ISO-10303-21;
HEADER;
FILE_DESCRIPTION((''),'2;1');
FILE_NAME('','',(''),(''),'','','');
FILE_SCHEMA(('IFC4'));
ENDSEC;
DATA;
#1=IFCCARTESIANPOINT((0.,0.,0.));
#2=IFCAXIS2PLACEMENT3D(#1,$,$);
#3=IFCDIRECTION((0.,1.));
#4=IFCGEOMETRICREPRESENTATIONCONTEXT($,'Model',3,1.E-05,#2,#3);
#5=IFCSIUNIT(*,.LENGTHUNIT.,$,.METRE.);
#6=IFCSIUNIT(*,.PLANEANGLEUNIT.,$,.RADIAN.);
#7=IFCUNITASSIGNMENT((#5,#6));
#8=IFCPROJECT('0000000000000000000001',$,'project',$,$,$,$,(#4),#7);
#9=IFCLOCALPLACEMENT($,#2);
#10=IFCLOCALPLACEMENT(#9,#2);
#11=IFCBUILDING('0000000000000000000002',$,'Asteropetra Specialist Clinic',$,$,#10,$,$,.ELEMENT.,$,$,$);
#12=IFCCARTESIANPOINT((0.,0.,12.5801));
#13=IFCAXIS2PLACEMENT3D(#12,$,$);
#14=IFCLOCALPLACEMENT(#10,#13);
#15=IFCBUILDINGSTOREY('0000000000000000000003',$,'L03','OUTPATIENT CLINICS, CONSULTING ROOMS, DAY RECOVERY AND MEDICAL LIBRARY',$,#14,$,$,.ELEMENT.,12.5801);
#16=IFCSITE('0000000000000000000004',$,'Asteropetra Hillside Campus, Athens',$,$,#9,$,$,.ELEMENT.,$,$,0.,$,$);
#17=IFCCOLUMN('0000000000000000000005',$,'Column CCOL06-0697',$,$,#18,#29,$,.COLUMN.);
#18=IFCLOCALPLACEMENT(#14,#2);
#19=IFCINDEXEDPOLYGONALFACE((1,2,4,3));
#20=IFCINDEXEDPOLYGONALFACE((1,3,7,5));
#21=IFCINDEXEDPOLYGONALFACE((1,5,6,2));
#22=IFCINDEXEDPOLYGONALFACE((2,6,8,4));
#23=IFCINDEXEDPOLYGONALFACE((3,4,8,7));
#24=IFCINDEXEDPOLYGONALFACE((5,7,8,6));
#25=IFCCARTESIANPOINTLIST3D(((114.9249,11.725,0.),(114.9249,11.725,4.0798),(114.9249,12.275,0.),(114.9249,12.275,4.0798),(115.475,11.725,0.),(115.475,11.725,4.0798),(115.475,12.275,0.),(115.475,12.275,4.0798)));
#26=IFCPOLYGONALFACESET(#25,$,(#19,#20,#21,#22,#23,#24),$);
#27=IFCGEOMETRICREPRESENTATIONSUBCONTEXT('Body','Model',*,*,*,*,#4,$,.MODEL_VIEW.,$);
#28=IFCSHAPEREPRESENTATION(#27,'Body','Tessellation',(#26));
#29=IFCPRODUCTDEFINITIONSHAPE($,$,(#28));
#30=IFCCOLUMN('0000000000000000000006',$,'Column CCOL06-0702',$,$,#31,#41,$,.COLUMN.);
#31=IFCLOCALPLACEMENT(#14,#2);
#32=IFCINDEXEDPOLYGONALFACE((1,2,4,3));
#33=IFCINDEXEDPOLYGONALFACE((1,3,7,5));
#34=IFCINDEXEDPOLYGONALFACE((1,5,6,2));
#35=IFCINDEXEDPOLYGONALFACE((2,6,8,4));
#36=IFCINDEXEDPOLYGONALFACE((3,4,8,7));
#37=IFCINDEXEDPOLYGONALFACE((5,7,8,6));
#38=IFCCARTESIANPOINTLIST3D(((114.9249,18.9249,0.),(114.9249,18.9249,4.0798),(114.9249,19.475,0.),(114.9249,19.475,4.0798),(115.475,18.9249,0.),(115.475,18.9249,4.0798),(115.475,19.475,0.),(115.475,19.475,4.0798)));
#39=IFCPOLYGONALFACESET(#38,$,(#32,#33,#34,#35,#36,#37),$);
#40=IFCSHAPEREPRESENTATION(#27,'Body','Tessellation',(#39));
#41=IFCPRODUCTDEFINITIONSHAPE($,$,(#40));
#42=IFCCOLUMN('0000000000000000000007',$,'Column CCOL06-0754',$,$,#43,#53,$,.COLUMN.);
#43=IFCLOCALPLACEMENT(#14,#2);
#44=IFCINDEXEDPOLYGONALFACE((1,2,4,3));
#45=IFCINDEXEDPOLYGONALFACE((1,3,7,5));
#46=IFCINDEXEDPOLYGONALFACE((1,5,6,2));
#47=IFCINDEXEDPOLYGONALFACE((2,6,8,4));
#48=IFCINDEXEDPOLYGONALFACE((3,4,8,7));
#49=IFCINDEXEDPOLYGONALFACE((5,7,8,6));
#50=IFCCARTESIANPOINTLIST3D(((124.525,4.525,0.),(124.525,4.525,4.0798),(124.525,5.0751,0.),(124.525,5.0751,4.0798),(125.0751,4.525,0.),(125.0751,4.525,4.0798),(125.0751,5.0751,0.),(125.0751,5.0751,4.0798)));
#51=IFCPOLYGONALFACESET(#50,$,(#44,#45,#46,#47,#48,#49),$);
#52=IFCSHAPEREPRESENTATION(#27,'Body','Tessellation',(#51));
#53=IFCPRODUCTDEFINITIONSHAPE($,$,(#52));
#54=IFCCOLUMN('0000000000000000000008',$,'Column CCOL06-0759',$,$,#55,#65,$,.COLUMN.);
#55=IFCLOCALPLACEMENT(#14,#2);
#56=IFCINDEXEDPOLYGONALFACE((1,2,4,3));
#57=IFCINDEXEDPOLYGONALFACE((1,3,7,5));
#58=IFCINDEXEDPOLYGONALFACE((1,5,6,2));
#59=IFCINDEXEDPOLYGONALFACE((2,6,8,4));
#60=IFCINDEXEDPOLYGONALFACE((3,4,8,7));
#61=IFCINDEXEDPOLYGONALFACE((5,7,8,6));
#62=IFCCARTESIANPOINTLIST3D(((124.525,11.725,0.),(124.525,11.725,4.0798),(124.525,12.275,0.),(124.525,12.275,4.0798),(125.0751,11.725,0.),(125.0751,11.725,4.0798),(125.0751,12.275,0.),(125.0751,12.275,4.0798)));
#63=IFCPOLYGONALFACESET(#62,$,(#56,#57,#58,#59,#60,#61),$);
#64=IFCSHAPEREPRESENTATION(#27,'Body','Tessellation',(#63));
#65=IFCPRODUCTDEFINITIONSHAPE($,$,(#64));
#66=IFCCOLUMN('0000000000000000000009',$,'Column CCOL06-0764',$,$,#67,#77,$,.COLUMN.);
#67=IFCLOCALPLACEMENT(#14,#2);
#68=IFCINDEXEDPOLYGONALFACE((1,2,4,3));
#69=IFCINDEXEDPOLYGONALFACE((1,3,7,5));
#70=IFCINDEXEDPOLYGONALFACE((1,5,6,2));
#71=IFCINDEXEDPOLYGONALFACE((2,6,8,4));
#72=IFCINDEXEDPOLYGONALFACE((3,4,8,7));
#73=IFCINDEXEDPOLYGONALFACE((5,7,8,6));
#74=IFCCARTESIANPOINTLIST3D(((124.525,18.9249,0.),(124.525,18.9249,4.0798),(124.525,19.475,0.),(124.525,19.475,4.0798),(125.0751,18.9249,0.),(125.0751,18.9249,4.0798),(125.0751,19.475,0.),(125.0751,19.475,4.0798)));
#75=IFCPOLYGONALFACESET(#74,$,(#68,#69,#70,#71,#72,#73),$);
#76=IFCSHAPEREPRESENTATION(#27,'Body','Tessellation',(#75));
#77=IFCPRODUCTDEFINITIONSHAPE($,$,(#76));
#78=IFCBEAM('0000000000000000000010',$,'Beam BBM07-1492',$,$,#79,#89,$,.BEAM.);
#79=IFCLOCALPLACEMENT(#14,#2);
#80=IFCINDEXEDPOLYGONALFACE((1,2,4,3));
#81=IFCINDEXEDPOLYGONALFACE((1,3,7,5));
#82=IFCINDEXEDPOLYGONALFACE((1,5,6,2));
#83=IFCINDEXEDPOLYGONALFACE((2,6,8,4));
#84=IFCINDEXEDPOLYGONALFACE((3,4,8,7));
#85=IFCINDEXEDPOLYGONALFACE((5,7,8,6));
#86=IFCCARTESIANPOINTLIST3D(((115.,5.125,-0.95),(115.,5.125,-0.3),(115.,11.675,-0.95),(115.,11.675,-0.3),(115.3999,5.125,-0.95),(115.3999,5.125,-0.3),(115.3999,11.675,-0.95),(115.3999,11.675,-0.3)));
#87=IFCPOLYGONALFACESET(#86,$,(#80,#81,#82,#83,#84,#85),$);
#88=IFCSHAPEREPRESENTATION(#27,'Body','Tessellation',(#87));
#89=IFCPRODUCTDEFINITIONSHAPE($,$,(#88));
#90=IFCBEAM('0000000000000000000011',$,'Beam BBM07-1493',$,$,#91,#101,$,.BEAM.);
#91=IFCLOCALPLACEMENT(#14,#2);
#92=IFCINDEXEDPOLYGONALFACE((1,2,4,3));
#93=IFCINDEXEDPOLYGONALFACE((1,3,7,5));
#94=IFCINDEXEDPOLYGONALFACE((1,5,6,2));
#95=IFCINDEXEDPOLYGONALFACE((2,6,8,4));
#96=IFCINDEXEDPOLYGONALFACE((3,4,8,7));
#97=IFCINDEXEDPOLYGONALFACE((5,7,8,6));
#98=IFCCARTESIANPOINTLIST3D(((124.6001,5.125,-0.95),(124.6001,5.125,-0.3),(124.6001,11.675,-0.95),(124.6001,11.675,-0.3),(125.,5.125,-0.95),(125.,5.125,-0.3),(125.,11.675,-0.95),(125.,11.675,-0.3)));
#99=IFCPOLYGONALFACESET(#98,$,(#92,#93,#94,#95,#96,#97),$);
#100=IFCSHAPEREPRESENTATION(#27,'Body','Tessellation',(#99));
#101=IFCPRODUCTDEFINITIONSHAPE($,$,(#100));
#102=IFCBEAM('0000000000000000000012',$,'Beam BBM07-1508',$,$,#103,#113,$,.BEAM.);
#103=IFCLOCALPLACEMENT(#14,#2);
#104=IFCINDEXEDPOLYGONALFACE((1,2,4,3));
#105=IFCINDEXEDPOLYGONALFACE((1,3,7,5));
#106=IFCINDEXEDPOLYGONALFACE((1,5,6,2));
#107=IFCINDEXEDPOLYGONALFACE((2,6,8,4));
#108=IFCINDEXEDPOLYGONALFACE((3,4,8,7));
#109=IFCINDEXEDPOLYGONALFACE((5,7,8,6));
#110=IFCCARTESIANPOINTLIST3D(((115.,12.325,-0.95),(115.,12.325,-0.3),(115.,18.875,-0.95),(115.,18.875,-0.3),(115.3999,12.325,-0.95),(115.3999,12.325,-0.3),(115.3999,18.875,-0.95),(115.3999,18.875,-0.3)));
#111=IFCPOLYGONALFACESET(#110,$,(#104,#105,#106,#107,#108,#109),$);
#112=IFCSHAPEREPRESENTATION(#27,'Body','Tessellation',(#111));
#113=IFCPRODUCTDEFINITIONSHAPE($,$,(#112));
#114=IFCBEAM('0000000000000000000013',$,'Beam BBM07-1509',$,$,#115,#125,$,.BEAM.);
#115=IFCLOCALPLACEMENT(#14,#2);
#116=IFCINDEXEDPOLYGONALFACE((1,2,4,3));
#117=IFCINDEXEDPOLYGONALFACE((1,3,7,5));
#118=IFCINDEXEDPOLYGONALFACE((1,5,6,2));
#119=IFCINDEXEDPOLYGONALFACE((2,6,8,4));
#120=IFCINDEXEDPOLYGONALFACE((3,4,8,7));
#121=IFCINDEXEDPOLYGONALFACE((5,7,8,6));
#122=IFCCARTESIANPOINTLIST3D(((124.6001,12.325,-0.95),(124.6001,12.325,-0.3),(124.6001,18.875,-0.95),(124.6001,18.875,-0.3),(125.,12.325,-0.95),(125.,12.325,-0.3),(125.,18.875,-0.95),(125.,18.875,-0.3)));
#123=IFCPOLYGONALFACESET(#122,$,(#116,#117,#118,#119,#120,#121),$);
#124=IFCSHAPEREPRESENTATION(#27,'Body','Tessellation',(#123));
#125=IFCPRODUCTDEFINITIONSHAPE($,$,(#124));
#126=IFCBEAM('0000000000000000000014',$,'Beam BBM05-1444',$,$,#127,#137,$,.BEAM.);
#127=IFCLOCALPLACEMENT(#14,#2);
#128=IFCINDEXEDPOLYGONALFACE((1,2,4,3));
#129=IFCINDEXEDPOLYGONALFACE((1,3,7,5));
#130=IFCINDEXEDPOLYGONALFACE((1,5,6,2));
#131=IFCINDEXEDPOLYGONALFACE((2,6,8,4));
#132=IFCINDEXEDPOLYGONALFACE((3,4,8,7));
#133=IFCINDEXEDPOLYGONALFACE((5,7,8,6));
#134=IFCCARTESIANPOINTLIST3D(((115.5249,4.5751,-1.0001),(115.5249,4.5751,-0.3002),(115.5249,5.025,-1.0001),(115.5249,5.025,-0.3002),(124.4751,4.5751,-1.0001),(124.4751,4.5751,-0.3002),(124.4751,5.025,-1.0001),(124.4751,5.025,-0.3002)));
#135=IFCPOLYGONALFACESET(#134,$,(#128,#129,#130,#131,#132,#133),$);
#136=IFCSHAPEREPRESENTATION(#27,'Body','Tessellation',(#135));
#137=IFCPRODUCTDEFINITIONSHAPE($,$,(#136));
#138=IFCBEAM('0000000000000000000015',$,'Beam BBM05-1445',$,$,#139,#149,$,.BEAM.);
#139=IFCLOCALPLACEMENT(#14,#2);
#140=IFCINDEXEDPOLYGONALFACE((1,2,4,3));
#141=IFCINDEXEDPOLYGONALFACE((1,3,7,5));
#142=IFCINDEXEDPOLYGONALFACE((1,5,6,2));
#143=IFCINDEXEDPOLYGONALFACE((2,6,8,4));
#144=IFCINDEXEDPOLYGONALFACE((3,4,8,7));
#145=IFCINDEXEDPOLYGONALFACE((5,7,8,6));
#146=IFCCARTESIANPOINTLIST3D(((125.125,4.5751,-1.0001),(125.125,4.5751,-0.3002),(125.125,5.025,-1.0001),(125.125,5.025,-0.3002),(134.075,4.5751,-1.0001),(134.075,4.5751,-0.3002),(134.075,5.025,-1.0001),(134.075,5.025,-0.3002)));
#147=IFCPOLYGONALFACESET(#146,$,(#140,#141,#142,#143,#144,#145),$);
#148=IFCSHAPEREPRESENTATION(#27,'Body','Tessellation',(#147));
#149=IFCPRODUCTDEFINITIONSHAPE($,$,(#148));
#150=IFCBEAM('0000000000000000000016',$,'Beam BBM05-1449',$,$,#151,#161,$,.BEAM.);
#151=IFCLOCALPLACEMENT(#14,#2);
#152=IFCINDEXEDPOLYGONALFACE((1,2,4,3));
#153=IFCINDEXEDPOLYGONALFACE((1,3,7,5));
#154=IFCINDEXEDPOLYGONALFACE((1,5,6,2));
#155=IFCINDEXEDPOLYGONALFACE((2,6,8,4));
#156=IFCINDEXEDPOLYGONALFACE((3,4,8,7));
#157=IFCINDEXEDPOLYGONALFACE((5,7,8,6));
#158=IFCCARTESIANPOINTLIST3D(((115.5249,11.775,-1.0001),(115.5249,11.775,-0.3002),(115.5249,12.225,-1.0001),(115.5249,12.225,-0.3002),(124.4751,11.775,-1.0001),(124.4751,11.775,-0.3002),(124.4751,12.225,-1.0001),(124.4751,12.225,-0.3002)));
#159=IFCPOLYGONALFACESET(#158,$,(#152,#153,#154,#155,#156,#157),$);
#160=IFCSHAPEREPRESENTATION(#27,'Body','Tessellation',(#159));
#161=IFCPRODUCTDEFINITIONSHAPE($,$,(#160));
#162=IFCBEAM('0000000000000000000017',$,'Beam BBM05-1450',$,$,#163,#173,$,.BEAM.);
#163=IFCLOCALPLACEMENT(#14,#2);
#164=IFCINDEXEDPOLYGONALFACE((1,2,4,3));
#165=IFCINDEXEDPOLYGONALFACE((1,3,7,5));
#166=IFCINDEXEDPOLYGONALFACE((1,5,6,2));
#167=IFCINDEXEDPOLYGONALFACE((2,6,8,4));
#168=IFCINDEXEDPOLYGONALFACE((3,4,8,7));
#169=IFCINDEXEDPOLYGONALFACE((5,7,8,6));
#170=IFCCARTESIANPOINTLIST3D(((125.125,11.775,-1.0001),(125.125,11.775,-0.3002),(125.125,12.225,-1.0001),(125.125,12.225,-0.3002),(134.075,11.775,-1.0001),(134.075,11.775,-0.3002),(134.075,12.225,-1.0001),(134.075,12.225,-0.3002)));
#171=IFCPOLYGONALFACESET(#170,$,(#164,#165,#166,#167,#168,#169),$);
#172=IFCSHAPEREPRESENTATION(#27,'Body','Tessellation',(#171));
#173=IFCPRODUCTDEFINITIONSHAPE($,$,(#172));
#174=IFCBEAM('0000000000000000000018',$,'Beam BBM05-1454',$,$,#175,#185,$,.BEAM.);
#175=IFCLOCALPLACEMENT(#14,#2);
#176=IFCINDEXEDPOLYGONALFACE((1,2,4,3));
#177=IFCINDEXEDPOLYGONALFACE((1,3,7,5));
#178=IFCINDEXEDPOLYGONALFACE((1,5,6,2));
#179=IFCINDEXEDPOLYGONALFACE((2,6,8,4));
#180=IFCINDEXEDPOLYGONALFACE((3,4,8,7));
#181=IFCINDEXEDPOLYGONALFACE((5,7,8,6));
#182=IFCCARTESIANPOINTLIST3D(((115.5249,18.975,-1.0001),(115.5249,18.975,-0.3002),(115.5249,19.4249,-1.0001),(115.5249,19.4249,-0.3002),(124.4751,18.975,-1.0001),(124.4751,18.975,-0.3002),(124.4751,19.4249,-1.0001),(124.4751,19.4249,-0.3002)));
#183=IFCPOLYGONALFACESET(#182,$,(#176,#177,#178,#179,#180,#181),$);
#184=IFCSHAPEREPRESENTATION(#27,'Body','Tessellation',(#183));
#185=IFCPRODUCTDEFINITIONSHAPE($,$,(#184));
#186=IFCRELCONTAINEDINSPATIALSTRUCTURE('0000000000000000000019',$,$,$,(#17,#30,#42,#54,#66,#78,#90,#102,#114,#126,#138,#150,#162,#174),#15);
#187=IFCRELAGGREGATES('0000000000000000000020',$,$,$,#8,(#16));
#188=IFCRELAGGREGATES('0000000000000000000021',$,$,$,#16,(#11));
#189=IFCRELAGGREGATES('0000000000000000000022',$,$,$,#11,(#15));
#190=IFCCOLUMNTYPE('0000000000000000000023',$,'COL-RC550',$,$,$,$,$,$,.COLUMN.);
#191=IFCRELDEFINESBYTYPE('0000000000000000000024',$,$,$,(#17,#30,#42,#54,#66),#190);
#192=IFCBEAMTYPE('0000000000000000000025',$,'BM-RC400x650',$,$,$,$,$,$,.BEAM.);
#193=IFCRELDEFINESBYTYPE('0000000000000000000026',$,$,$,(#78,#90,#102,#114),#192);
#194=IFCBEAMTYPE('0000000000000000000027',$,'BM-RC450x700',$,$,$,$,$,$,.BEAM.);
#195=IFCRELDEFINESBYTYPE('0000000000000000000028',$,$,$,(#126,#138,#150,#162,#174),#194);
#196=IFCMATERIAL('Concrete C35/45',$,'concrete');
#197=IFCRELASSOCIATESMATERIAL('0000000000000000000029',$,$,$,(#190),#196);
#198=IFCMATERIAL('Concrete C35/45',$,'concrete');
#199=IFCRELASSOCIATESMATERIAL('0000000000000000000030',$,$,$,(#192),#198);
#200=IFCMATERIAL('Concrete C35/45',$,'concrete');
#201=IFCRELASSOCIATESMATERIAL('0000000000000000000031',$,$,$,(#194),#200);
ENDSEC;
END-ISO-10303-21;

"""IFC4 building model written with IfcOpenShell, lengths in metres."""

from ifc_helpers import new_model, si_unit, direction, frame, origin, origin_2d, place, context, subcontext, project, spatial, rectangle, extrude, material, material_profile, profile_set, type_object, element, save


model = new_model("IFC4")

# Units and contexts
model_context = context("Model", 3, precision=1e-05, world=origin(), true_north=direction((0.0, 1.0)))
body_context = subcontext(model_context, "Body", "Model", "MODEL_VIEW")
ifc_project = project(units=[si_unit("LENGTHUNIT", "METRE"), si_unit("PLANEANGLEUNIT", "RADIAN")], contexts=[model_context])

# Site, building, storey
site_placement = place(None, origin())
site = spatial("IfcSite", under=ifc_project, at=site_placement, Name="Asteropetra Hillside Campus, Athens", CompositionType="ELEMENT", RefElevation=0.0)
building_placement = place(site_placement, origin())
building = spatial("IfcBuilding", under=site, at=building_placement, Name="Asteropetra Specialist Clinic", CompositionType="ELEMENT")
storey_placement = place(building_placement, frame((0.0, 0.0, 12.5801)))
storey = spatial("IfcBuildingStorey", under=building, at=storey_placement, Name="L03", Description="OUTPATIENT CLINICS, CONSULTING ROOMS, DAY RECOVERY AND MEDICAL LIBRARY", CompositionType="ELEMENT", Elevation=12.5801)

# Columns
ifc_material_1 = material(Name="Concrete C35/45", Category="concrete")
ifc_material_profile_1 = material_profile(ifc_material_1, rectangle(XDim=0.55, YDim=0.55, at=origin_2d()), Name="RC 550x550")
ifc_profile_set_1 = profile_set([ifc_material_profile_1], Name="Concrete C35/45")
column_type = type_object("IfcColumnType", Name="COL-RC550", PredefinedType="COLUMN", material=ifc_profile_set_1)
for number, where, z_axis, x_axis, name in (
    (1, (115.2, 12.0, 0.0), (0.0, 0.0, 1.0), (1.0, 0.0, 0.0), "Column CCOL06-0697"),
    (2, (115.2, 19.2, 0.0), (0.0, 0.0, 1.0), (1.0, 0.0, 0.0), "Column CCOL06-0702"),
    (3, (124.8, 4.8, 0.0), (0.0, 0.0, 1.0), (1.0, 0.0, 0.0), "Column CCOL06-0754"),
    (4, (124.8, 12.0, 0.0), (0.0, 0.0, 1.0), (1.0, 0.0, 0.0), "Column CCOL06-0759"),
    (5, (124.8, 19.2, 0.0), (0.0, 0.0, 1.0), (1.0, 0.0, 0.0), "Column CCOL06-0764"),
):
    element("IfcColumn", number, at=place(storey_placement, frame(where, z_axis=z_axis, x_axis=x_axis)), inside=storey, type_object=column_type, Name=name, PredefinedType="COLUMN", context=body_context, shape_type="SweptSolid", body=[
        extrude(rectangle(XDim=0.55, YDim=0.55, at=origin_2d()), origin(), (0.0, 0.0, 1.0), 4.0798),
    ])

# Beams
ifc_material_2 = material(Name="Concrete C35/45", Category="concrete")
ifc_material_profile_2 = material_profile(ifc_material_2, rectangle(XDim=0.3999, YDim=0.6499, at=origin_2d()), Name="RCB 400x650")
ifc_profile_set_2 = profile_set([ifc_material_profile_2], Name="Concrete C35/45")
beam_type_1 = type_object("IfcBeamType", Name="BM-RC400x650", PredefinedType="BEAM", material=ifc_profile_set_2)
for number, where, z_axis, x_axis, name in (
    (6, (115.2, 5.125, -0.625), (0.0, 1.0, 0.0), (-1.0, 0.0, 0.0), "Beam BBM07-1492"),
    (7, (124.8, 5.125, -0.625), (0.0, 1.0, 0.0), (-1.0, 0.0, 0.0), "Beam BBM07-1493"),
    (8, (115.2, 12.325, -0.625), (0.0, 1.0, 0.0), (-1.0, 0.0, 0.0), "Beam BBM07-1508"),
    (9, (124.8, 12.325, -0.625), (0.0, 1.0, 0.0), (-1.0, 0.0, 0.0), "Beam BBM07-1509"),
):
    element("IfcBeam", number, at=place(storey_placement, frame(where, z_axis=z_axis, x_axis=x_axis)), inside=storey, type_object=beam_type_1, Name=name, PredefinedType="BEAM", context=body_context, shape_type="SweptSolid", body=[
        extrude(rectangle(XDim=0.3999, YDim=0.6499, at=origin_2d()), origin(), (0.0, 0.0, 1.0), 6.55),
    ])
ifc_material_3 = material(Name="Concrete C35/45", Category="concrete")
ifc_material_profile_3 = material_profile(ifc_material_3, rectangle(XDim=0.45, YDim=0.7, at=origin_2d()), Name="RCB 450x700")
ifc_profile_set_3 = profile_set([ifc_material_profile_3], Name="Concrete C35/45")
beam_type_2 = type_object("IfcBeamType", Name="BM-RC450x700", PredefinedType="BEAM", material=ifc_profile_set_3)
beam_1_placement = place(storey_placement, frame((115.5249, 4.8, -0.6501), z_axis=(1.0, 0.0, 0.0), x_axis=(0.0, 1.0, 0.0)))
element("IfcBeam", 10, at=beam_1_placement, inside=storey, type_object=beam_type_2, Name="Beam BBM05-1444", PredefinedType="BEAM", context=body_context, shape_type="SweptSolid", body=[
    extrude(rectangle(XDim=0.45, YDim=0.7, at=origin_2d()), origin(), (0.0, 0.0, 1.0), 8.9502),
])
beam_2_placement = place(storey_placement, frame((125.125, 4.8, -0.6501), z_axis=(1.0, 0.0, 0.0), x_axis=(0.0, 1.0, 0.0)))
element("IfcBeam", 11, at=beam_2_placement, inside=storey, type_object=beam_type_2, Name="Beam BBM05-1445", PredefinedType="BEAM", context=body_context, shape_type="SweptSolid", body=[
    extrude(rectangle(XDim=0.45, YDim=0.7, at=origin_2d()), origin(), (0.0, 0.0, 1.0), 8.95),
])
beam_3_placement = place(storey_placement, frame((115.5249, 12.0, -0.6501), z_axis=(1.0, 0.0, 0.0), x_axis=(0.0, 1.0, 0.0)))
element("IfcBeam", 12, at=beam_3_placement, inside=storey, type_object=beam_type_2, Name="Beam BBM05-1449", PredefinedType="BEAM", context=body_context, shape_type="SweptSolid", body=[
    extrude(rectangle(XDim=0.45, YDim=0.7, at=origin_2d()), origin(), (0.0, 0.0, 1.0), 8.9502),
])
beam_4_placement = place(storey_placement, frame((125.125, 12.0, -0.6501), z_axis=(1.0, 0.0, 0.0), x_axis=(0.0, 1.0, 0.0)))
element("IfcBeam", 13, at=beam_4_placement, inside=storey, type_object=beam_type_2, Name="Beam BBM05-1450", PredefinedType="BEAM", context=body_context, shape_type="SweptSolid", body=[
    extrude(rectangle(XDim=0.45, YDim=0.7, at=origin_2d()), origin(), (0.0, 0.0, 1.0), 8.95),
])
beam_5_placement = place(storey_placement, frame((115.5249, 19.2, -0.6501), z_axis=(1.0, 0.0, 0.0), x_axis=(0.0, 1.0, 0.0)))
element("IfcBeam", 14, at=beam_5_placement, inside=storey, type_object=beam_type_2, Name="Beam BBM05-1454", PredefinedType="BEAM", context=body_context, shape_type="SweptSolid", body=[
    extrude(rectangle(XDim=0.45, YDim=0.7, at=origin_2d()), origin(), (0.0, 0.0, 1.0), 8.9502),
])

save(model, "model.ifc")
